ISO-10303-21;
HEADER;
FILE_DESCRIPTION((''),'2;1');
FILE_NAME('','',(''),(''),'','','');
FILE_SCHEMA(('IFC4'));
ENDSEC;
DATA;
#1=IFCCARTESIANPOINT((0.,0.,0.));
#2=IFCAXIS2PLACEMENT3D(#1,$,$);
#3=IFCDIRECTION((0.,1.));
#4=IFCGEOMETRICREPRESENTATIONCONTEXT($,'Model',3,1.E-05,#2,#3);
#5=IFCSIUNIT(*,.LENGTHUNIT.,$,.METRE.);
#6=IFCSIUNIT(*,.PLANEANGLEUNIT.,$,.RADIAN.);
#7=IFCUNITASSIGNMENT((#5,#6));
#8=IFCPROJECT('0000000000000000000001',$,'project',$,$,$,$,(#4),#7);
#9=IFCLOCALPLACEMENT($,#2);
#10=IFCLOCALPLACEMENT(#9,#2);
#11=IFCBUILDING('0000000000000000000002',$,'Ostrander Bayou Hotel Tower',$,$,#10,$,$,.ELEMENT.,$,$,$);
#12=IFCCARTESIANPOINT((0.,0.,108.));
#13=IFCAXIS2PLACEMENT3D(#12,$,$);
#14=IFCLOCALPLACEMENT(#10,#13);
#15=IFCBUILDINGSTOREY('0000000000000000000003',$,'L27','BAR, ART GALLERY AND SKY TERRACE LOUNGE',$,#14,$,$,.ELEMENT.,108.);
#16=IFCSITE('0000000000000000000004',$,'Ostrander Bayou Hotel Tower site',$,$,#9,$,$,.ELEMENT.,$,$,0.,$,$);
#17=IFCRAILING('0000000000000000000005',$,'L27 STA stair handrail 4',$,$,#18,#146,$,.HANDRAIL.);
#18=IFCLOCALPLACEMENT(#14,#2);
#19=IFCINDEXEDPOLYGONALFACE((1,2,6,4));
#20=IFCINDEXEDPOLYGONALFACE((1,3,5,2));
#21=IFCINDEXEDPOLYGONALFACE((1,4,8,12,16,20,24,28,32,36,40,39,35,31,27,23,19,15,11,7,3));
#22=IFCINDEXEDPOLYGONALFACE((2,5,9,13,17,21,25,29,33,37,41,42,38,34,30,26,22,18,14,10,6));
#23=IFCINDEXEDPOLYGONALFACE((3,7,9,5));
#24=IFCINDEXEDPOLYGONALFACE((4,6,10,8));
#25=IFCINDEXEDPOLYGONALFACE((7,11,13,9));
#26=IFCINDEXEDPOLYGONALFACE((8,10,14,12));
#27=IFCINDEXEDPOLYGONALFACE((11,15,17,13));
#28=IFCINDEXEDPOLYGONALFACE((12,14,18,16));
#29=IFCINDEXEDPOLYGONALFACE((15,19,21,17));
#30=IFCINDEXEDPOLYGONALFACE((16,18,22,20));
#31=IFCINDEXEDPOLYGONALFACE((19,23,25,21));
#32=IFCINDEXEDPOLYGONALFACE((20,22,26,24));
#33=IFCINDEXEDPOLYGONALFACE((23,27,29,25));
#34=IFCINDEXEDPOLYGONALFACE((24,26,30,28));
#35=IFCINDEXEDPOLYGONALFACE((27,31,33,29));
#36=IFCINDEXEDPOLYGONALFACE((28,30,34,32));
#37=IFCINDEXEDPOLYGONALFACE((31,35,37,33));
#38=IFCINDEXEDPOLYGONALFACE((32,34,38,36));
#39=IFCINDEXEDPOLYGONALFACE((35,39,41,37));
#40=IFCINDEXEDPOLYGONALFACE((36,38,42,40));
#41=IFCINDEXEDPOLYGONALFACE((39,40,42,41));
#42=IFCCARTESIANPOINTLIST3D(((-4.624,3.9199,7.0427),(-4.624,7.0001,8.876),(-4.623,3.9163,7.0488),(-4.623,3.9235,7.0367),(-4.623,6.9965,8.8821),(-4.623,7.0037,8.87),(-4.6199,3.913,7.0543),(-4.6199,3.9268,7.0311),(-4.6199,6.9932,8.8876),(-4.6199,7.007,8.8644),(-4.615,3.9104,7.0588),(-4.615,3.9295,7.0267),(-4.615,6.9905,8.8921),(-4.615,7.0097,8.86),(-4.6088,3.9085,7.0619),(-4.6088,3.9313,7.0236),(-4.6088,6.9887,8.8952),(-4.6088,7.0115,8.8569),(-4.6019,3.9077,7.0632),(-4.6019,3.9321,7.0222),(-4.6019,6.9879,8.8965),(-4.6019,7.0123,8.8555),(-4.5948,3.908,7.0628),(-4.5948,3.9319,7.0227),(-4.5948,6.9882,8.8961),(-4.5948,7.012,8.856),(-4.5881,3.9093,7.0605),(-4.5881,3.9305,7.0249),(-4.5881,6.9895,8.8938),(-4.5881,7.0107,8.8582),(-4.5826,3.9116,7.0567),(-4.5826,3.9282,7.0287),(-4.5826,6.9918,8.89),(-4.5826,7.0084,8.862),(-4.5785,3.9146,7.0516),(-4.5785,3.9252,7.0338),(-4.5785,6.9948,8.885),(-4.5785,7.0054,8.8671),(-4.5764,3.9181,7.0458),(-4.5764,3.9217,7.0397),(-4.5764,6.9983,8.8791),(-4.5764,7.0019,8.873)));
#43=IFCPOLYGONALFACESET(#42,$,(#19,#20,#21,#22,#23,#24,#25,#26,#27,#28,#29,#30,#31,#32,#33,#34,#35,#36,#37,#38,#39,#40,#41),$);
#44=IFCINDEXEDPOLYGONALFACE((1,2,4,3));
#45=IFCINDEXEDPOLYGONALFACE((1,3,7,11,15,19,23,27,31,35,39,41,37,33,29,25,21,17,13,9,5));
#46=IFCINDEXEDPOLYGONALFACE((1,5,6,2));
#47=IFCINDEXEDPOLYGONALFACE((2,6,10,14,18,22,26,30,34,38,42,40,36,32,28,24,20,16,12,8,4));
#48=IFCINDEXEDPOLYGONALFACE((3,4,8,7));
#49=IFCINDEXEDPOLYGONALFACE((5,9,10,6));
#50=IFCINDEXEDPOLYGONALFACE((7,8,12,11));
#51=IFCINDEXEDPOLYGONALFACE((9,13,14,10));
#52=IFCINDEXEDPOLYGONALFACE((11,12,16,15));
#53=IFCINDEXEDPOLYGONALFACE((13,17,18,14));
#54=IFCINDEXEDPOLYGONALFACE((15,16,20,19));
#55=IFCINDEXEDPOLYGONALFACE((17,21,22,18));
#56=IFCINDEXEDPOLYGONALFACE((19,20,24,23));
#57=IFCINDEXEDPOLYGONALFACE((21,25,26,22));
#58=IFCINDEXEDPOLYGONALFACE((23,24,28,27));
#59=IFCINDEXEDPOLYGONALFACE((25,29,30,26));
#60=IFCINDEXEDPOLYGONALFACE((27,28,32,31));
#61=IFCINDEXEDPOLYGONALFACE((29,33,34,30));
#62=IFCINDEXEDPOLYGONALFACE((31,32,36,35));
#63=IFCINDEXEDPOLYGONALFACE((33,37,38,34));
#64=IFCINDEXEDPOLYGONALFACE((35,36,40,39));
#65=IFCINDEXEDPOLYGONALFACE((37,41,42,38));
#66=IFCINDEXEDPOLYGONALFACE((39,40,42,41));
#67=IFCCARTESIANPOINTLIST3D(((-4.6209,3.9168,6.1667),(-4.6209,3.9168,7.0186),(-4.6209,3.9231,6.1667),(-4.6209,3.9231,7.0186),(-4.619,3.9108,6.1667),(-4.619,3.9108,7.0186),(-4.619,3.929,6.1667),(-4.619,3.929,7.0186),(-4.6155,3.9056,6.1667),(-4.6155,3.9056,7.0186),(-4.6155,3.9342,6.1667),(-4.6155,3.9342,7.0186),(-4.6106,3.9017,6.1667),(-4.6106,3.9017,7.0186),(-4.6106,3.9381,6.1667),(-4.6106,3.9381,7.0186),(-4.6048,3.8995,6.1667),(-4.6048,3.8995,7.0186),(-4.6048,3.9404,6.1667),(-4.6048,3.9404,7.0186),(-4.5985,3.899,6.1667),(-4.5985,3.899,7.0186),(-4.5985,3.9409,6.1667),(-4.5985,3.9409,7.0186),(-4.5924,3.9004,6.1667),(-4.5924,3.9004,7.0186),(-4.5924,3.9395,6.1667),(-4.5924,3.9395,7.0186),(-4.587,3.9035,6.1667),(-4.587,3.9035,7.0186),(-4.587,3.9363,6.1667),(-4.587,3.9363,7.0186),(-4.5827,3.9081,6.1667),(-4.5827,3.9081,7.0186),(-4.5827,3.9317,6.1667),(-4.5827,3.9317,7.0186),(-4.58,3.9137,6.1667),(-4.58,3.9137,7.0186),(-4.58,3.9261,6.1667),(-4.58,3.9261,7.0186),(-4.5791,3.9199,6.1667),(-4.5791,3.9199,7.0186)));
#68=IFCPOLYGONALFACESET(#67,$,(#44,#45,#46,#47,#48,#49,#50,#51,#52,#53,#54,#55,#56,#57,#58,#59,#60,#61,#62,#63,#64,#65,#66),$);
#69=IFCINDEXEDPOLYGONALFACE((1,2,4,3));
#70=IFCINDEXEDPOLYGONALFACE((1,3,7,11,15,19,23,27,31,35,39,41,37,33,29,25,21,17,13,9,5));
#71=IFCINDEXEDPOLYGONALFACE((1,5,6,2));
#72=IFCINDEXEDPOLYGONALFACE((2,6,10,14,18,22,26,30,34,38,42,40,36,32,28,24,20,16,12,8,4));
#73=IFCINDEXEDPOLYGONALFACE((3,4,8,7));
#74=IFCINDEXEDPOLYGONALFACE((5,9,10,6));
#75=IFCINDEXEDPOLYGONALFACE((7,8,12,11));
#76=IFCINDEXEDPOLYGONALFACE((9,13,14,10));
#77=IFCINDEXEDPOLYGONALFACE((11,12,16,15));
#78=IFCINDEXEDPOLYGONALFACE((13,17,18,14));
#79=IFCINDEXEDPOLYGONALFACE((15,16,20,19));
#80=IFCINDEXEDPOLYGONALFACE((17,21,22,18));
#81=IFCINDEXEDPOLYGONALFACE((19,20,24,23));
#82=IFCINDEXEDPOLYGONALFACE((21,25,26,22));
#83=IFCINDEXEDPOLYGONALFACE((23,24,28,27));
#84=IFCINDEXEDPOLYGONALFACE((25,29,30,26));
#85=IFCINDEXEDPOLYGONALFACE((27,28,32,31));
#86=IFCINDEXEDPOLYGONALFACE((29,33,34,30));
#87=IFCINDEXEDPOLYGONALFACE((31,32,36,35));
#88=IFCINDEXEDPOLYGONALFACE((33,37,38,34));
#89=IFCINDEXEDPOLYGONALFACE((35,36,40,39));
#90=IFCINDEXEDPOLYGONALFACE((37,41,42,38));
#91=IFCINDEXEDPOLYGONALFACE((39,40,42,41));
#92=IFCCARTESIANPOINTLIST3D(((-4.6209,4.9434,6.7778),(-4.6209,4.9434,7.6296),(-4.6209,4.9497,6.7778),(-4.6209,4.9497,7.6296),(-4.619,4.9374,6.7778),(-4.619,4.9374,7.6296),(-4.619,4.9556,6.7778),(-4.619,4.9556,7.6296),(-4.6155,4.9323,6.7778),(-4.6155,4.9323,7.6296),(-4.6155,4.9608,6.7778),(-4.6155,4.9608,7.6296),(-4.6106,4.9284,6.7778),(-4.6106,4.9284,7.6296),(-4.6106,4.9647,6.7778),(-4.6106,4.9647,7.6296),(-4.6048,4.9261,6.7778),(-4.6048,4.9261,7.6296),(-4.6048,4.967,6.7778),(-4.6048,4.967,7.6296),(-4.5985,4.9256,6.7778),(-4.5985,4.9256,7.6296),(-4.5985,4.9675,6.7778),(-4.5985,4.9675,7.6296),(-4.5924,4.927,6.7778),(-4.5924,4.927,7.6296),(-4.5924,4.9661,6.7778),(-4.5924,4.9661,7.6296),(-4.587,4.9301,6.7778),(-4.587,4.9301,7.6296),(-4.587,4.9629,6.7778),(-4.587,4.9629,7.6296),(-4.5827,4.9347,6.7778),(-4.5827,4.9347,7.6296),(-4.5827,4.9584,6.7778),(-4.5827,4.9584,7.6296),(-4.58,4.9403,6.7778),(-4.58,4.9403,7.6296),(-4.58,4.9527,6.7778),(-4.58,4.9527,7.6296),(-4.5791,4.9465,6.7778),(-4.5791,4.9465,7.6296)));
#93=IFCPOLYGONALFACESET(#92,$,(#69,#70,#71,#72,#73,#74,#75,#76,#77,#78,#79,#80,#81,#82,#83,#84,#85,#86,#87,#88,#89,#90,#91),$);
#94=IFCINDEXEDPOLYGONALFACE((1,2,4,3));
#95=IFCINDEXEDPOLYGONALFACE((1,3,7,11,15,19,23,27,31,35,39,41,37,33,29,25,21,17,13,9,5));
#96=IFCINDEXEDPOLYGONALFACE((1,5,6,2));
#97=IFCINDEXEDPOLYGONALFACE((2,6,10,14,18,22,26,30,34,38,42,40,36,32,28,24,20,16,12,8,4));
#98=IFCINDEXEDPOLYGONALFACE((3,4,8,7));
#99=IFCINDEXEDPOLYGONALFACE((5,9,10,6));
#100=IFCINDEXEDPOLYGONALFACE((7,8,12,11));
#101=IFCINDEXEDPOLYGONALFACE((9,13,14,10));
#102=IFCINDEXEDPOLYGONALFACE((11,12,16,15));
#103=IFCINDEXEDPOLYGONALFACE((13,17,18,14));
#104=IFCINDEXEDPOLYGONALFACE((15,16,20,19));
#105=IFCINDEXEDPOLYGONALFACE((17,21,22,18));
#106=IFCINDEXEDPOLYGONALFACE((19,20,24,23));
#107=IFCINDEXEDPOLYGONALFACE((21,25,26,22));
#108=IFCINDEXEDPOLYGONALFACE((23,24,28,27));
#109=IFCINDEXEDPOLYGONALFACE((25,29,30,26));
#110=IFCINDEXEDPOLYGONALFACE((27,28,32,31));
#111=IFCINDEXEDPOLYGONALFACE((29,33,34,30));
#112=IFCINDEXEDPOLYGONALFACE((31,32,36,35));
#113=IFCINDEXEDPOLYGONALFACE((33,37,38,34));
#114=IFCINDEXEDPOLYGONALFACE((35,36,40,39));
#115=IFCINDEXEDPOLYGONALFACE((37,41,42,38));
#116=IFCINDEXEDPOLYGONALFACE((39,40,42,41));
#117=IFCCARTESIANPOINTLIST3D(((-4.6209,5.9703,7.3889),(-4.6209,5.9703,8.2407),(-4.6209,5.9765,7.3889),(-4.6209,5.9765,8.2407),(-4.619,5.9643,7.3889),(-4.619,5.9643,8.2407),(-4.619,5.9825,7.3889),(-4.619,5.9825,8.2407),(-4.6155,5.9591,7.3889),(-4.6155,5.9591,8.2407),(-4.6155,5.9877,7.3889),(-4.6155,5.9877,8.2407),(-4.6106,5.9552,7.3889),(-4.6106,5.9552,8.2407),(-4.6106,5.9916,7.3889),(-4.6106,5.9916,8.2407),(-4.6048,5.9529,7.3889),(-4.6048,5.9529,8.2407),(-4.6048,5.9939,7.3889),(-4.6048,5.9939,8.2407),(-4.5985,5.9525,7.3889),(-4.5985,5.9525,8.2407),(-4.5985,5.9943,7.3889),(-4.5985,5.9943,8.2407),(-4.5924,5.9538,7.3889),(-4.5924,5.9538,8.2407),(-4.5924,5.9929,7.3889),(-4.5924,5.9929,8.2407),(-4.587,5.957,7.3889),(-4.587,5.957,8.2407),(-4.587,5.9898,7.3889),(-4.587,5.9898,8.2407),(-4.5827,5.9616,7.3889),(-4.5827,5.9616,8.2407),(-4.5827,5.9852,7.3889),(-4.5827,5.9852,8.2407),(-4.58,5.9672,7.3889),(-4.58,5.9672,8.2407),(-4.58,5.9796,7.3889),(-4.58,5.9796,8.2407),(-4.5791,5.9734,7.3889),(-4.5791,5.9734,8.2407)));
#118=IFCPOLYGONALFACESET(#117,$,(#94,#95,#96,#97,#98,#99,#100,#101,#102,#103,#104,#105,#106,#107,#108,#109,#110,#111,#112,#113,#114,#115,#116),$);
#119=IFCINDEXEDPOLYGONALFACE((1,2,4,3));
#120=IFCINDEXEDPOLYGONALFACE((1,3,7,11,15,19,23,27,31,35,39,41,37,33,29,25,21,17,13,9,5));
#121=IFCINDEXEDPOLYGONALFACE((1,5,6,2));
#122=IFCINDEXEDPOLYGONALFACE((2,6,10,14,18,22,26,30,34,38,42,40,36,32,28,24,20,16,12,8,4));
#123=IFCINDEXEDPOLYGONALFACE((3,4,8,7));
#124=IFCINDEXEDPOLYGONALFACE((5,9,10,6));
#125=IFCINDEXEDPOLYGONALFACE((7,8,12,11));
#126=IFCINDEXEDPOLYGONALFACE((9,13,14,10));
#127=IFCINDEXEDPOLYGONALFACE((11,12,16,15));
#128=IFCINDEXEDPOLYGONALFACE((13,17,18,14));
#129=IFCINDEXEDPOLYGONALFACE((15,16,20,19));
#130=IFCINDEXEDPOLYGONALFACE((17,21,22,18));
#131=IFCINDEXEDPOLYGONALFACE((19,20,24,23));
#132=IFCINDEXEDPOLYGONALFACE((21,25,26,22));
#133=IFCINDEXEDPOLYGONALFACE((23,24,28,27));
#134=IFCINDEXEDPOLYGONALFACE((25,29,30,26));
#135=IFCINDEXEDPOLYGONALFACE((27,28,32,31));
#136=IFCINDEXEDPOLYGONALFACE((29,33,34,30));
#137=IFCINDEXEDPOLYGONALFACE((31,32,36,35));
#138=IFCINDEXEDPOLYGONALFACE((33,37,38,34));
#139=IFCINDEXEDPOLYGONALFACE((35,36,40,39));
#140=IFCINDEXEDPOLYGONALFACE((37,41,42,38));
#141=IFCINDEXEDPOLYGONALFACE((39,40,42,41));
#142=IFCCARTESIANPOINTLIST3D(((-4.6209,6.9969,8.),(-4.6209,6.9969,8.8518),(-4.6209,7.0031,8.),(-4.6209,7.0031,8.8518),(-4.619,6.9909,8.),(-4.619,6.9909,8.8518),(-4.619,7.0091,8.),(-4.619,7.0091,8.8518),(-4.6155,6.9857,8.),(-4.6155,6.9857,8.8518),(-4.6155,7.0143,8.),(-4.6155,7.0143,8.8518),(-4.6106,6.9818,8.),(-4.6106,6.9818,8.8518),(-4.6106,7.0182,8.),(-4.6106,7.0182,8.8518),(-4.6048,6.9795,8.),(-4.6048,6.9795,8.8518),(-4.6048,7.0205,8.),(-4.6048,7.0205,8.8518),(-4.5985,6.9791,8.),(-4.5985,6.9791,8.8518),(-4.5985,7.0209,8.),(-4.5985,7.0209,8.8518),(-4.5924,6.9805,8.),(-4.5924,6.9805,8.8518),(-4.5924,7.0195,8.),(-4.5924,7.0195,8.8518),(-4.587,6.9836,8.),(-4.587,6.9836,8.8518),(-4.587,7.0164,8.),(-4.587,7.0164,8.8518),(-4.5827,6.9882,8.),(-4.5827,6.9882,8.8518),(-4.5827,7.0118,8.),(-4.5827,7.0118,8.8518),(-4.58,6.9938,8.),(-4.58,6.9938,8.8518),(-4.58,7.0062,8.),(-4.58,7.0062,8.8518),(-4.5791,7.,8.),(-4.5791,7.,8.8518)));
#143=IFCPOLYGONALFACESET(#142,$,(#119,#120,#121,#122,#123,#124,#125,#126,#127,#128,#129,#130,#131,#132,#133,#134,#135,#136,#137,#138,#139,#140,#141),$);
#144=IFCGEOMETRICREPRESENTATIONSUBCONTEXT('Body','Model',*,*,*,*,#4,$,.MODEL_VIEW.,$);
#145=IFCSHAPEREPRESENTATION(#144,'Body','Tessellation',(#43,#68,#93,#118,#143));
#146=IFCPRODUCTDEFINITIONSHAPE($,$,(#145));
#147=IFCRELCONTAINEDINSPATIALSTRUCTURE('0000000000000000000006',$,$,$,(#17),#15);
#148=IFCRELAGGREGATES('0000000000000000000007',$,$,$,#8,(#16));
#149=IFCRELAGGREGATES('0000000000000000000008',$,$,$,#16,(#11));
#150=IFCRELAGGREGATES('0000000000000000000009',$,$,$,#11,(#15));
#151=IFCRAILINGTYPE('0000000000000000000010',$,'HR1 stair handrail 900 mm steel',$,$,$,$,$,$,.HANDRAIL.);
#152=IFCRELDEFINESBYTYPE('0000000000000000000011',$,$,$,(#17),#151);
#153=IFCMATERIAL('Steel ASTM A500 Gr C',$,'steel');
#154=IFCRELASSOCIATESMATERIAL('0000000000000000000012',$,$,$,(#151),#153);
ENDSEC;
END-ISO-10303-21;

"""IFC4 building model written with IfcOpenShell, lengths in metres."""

from ifc_helpers import new_model, si_unit, direction, frame, origin, origin_2d, place, context, subcontext, project, spatial, circle, extrude, material, type_object, element, save


model = new_model("IFC4")

# Units and contexts
model_context = context("Model", 3, precision=1e-05, world=origin(), true_north=direction((0.0, 1.0)))
body_context = subcontext(model_context, "Body", "Model", "MODEL_VIEW")
ifc_project = project(units=[si_unit("LENGTHUNIT", "METRE"), si_unit("PLANEANGLEUNIT", "RADIAN")], contexts=[model_context])

# Site, building, storey
site_placement = place(None, origin())
site = spatial("IfcSite", under=ifc_project, at=site_placement, Name="Ostrander Bayou Hotel Tower site", CompositionType="ELEMENT", RefElevation=0.0)
building_placement = place(site_placement, origin())
building = spatial("IfcBuilding", under=site, at=building_placement, Name="Ostrander Bayou Hotel Tower", CompositionType="ELEMENT")
storey_placement = place(building_placement, frame((0.0, 0.0, 108.0)))
storey = spatial("IfcBuildingStorey", under=building, at=storey_placement, Name="L27", Description="BAR, ART GALLERY AND SKY TERRACE LOUNGE", CompositionType="ELEMENT", Elevation=108.0)

# Railing
ifc_material_1 = material(Name="Steel ASTM A500 Gr C", Category="steel")
railing_type_1 = type_object("IfcRailingType", Name="HR1 stair handrail 900 mm steel", PredefinedType="HANDRAIL", material=ifc_material_1)
railing_1_placement = place(storey_placement, frame((-4.6001, 3.9199, 6.1667)))
element("IfcRailing", 1, at=railing_1_placement, inside=storey, type_object=railing_type_1, Name="L27 STA stair handrail 4", PredefinedType="HANDRAIL", context=body_context, shape_type="SweptSolid", body=[
    extrude(circle(Radius=0.0239, at=origin_2d()), frame((0.0, 0.0, 0.876), z_axis=(0.0, 0.859309, 0.511458), x_axis=(-1.0, 0.0, 0.0)), (0.0, 0.0, 1.0), 3.5845),
    extrude(circle(Radius=0.021, at=origin_2d()), origin(), (0.0, 0.0, 1.0), 0.8518),
    extrude(circle(Radius=0.021, at=origin_2d()), frame((0.0, 1.0266, 0.6111)), (0.0, 0.0, 1.0), 0.8518),
    extrude(circle(Radius=0.021, at=origin_2d()), frame((0.0, 2.0535, 1.2222)), (0.0, 0.0, 1.0), 0.8518),
    extrude(circle(Radius=0.021, at=origin_2d()), frame((0.0, 3.0801, 1.8333)), (0.0, 0.0, 1.0), 0.8518),
])

save(model, "model.ifc")
